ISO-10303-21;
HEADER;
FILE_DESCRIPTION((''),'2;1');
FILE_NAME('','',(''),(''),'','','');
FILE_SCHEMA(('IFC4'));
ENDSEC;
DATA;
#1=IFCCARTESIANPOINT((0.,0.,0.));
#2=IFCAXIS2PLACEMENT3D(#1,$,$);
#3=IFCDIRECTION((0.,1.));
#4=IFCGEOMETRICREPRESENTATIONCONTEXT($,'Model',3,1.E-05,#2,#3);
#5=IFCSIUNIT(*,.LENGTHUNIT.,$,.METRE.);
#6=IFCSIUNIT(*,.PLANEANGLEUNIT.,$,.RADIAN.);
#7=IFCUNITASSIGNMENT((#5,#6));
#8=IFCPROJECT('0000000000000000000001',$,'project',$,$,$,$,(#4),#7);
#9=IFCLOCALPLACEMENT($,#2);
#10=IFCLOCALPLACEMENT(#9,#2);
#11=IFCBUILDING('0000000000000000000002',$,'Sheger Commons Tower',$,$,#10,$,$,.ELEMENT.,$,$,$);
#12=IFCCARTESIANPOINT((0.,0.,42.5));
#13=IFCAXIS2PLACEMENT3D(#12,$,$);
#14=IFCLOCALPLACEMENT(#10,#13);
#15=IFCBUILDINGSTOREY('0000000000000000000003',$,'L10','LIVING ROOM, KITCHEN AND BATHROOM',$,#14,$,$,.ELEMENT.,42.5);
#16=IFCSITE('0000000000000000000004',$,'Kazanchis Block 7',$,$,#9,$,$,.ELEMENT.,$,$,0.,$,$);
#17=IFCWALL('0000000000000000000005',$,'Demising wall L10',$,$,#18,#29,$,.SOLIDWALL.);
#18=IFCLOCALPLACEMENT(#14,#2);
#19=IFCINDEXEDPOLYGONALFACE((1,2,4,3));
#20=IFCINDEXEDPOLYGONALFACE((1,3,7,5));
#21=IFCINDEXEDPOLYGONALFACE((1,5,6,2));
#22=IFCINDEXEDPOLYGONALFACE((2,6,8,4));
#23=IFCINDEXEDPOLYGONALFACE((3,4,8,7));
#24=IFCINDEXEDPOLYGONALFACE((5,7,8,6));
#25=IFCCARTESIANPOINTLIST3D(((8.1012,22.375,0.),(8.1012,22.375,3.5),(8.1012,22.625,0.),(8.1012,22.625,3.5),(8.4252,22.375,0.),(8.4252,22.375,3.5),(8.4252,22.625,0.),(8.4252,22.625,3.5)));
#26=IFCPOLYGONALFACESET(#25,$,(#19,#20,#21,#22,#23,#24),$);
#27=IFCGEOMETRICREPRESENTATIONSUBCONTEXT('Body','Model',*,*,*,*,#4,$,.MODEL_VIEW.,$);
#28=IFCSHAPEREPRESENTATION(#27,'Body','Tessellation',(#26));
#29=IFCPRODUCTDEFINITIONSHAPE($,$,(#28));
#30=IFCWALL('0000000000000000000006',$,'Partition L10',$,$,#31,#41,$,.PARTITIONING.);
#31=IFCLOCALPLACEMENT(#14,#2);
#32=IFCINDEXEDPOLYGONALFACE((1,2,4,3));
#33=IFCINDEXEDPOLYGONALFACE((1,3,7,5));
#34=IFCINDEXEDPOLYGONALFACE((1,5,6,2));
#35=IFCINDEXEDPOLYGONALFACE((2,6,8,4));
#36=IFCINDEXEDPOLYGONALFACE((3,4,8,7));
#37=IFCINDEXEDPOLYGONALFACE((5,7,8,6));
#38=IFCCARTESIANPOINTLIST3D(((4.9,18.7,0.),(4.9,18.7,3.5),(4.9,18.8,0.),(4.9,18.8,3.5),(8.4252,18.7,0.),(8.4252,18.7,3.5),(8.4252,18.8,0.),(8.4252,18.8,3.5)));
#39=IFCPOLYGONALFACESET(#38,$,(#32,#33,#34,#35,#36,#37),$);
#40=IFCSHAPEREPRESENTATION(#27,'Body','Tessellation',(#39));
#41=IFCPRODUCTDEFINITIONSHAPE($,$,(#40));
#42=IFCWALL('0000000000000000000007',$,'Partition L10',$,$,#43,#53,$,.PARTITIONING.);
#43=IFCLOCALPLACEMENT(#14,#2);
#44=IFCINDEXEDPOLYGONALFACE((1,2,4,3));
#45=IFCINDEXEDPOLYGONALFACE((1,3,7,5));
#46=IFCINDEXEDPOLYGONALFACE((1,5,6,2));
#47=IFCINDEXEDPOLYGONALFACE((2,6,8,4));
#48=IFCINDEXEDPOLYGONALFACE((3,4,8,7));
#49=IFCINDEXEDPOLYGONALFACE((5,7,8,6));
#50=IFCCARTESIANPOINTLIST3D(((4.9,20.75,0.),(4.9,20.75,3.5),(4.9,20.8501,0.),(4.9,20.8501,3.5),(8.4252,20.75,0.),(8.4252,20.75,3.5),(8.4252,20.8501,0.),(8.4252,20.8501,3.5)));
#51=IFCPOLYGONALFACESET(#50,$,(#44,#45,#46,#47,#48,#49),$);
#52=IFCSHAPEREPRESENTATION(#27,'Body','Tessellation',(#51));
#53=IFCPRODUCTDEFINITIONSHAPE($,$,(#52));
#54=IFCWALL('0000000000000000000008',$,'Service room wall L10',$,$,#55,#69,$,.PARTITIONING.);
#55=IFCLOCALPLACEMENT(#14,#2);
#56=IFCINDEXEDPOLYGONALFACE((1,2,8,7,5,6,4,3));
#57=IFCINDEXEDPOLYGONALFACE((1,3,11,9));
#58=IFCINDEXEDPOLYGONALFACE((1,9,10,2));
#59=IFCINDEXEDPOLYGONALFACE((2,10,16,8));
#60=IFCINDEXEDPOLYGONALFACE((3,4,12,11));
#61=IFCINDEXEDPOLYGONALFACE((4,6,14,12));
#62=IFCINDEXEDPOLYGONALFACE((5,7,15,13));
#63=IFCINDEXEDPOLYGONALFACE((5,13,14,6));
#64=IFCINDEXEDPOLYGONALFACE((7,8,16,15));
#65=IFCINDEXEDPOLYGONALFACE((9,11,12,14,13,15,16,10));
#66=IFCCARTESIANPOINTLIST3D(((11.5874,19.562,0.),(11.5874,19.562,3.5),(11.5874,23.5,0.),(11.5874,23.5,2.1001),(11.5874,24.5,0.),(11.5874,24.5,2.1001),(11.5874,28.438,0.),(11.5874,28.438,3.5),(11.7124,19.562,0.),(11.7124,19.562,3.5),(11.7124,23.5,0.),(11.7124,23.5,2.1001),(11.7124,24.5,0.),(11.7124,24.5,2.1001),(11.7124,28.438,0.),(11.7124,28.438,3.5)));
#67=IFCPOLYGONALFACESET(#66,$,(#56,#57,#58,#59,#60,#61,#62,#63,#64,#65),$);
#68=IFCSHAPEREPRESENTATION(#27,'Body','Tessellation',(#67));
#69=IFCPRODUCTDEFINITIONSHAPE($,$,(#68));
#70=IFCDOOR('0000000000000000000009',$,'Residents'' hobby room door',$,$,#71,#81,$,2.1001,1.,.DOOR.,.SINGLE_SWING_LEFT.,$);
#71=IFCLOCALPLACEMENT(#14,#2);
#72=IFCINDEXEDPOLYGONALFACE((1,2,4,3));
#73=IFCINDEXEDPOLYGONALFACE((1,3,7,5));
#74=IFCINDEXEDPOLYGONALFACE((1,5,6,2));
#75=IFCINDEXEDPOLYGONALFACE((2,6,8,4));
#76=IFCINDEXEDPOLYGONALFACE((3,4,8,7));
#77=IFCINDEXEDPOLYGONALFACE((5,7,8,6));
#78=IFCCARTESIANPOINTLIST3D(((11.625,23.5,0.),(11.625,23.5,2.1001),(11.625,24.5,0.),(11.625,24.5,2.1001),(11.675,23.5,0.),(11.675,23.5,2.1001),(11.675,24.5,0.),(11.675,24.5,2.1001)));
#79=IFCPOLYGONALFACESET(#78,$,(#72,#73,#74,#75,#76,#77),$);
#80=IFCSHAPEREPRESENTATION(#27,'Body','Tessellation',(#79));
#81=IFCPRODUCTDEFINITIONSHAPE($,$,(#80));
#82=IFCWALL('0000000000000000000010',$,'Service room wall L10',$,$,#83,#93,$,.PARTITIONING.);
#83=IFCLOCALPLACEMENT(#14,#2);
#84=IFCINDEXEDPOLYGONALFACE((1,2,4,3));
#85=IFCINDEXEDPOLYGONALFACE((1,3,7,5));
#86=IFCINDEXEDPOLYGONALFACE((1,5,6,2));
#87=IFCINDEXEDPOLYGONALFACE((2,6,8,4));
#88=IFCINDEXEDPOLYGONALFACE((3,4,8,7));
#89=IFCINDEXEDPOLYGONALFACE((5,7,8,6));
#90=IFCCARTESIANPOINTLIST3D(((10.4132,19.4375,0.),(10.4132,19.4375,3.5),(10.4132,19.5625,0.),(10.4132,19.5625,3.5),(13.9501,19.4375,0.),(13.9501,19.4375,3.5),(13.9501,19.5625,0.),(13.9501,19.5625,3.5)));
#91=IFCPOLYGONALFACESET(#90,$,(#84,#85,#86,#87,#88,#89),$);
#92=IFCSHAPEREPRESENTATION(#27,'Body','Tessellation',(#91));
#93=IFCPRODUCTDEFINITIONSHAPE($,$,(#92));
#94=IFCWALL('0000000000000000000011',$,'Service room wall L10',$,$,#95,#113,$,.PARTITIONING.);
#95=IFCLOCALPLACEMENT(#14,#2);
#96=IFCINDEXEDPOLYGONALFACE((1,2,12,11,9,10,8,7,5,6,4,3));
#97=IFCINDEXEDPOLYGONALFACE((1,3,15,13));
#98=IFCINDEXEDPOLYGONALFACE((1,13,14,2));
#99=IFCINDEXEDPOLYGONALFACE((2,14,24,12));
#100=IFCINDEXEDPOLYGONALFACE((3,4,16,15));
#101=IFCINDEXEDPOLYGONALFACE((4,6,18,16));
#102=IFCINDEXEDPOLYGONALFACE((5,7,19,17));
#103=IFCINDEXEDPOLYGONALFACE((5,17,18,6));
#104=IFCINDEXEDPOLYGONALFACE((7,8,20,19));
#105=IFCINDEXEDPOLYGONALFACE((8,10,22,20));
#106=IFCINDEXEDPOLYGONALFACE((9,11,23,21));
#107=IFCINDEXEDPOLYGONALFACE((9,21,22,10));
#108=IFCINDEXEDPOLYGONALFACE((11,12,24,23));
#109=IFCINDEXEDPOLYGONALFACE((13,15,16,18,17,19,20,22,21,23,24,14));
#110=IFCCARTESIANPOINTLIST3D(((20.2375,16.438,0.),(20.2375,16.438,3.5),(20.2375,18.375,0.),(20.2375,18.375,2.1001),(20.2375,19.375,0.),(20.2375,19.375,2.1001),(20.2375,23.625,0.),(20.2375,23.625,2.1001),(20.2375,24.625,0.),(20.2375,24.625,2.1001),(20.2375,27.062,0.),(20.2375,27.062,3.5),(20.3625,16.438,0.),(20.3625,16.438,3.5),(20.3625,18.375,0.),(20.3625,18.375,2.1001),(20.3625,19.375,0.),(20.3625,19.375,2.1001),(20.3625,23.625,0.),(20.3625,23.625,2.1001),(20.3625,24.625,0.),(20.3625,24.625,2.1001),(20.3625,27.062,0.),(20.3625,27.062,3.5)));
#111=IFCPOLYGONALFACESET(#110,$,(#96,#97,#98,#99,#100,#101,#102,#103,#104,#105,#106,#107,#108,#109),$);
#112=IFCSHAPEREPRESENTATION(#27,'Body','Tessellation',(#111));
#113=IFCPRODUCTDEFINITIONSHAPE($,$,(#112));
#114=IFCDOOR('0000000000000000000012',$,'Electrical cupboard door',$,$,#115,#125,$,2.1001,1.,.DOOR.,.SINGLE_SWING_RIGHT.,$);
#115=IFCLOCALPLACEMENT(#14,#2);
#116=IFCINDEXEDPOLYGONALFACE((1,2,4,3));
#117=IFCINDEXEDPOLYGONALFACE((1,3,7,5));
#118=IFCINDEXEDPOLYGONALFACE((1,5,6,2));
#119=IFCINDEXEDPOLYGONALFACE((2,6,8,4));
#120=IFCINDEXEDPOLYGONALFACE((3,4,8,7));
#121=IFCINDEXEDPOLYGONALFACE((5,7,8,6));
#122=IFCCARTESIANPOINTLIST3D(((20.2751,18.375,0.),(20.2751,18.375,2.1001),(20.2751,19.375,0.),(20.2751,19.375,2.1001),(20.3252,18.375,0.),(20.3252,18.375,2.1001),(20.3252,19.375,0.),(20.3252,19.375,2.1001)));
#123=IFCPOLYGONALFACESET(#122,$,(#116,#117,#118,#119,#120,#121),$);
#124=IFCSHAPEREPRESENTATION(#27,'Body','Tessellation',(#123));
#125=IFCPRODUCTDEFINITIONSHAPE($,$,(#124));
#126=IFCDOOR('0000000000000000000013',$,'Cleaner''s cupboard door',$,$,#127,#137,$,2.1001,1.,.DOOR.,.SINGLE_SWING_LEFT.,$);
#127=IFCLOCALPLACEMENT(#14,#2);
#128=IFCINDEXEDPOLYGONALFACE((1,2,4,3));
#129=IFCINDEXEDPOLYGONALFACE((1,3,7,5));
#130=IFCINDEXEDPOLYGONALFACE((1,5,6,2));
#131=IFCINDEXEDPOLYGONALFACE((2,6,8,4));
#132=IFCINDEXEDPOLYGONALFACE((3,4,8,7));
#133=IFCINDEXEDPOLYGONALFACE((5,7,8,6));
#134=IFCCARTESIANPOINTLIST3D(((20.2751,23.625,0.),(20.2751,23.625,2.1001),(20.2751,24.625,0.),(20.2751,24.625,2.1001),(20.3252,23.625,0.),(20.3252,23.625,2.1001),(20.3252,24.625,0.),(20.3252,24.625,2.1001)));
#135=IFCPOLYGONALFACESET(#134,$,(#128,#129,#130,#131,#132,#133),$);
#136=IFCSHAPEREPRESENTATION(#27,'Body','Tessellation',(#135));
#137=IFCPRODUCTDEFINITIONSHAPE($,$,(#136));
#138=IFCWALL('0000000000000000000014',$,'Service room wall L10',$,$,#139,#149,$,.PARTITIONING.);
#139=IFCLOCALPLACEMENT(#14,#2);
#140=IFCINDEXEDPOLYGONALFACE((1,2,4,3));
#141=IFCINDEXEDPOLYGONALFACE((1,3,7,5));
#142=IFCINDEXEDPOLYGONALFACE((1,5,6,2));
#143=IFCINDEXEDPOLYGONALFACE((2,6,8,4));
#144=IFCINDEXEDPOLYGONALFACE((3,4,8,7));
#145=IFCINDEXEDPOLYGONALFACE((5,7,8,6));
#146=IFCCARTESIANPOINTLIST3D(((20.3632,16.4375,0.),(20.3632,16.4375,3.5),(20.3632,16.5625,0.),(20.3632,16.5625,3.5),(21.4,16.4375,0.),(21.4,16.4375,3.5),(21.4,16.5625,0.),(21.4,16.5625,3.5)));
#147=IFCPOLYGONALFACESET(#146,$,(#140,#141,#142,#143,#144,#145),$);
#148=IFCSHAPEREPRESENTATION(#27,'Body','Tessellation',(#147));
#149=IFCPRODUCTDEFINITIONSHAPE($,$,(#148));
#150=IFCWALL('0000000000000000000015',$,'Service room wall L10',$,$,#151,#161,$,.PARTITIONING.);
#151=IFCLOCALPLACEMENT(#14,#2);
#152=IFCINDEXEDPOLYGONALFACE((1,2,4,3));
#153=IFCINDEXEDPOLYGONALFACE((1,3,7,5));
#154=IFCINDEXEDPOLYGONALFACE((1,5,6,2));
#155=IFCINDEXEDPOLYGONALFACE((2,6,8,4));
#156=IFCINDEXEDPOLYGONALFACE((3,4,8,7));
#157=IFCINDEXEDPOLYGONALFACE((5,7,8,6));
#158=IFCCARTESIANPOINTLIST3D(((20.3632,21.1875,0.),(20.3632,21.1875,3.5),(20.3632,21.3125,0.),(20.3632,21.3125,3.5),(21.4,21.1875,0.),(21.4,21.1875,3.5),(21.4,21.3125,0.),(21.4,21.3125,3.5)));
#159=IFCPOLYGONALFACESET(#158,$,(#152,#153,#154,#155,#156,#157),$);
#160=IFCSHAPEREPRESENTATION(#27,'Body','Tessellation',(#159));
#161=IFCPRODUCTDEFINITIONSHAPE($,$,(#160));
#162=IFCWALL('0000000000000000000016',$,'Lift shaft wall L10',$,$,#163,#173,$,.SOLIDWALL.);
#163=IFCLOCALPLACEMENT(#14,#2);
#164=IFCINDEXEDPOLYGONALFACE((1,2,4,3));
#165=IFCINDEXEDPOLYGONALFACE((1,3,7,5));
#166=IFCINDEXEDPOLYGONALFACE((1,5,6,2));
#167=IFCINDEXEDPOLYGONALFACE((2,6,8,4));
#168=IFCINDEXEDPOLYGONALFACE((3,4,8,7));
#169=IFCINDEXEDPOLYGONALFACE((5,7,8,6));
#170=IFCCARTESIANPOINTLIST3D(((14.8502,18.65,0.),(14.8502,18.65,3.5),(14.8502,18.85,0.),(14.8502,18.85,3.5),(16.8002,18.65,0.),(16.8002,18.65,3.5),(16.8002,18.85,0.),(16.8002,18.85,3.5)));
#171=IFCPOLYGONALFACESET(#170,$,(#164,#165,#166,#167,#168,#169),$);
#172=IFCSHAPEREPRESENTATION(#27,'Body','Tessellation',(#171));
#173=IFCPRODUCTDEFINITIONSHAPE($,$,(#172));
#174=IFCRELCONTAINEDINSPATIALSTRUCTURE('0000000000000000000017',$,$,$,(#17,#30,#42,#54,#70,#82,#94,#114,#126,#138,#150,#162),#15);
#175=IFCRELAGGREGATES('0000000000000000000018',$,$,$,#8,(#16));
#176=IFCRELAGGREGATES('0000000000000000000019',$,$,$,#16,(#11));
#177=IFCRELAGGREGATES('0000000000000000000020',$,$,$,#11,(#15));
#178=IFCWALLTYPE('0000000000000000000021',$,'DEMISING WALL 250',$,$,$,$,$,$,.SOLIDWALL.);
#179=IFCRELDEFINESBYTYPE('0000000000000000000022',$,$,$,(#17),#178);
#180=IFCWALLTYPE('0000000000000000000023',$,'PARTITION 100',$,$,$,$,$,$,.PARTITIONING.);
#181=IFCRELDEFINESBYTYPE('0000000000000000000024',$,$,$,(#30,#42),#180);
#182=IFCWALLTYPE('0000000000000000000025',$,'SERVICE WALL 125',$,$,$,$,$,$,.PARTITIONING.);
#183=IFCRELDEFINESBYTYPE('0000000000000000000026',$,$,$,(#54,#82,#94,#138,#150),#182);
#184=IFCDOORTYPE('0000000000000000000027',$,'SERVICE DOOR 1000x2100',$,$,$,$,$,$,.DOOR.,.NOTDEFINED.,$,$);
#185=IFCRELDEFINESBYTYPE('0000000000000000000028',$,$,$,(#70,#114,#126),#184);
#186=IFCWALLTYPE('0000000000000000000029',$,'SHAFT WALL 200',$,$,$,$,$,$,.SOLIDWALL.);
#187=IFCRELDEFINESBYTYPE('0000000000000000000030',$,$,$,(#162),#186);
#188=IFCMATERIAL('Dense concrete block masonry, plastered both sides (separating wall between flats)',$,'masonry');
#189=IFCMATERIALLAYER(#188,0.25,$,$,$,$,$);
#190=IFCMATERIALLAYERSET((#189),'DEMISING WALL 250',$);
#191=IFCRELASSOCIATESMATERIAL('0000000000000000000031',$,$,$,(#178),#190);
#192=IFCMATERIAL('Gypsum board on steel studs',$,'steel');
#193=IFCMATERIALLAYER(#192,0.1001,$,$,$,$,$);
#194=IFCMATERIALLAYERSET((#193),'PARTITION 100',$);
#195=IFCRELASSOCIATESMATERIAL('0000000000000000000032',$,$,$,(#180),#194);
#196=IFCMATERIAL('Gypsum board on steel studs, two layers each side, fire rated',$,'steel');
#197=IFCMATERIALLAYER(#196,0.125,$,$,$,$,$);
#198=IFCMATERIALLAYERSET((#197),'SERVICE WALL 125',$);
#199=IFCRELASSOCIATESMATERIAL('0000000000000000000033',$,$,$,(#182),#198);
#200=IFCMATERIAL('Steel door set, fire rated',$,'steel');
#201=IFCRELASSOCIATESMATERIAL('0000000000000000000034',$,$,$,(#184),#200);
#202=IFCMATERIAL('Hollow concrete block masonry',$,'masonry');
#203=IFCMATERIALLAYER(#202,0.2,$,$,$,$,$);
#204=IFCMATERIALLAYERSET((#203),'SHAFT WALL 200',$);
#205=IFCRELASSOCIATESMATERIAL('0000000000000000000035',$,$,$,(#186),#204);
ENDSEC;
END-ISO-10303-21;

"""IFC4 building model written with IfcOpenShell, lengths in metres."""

from ifc_helpers import new_model, si_unit, direction, frame, frame_2d, origin, place, context, subcontext, project, spatial, rectangle, extrude, material, layer, layer_set, type_object, element, fill, save


model = new_model("IFC4")

# Units and contexts
model_context = context("Model", 3, precision=1e-05, world=origin(), true_north=direction((0.0, 1.0)))
body_context = subcontext(model_context, "Body", "Model", "MODEL_VIEW")
ifc_project = project(units=[si_unit("LENGTHUNIT", "METRE"), si_unit("PLANEANGLEUNIT", "RADIAN")], contexts=[model_context])

# Site, building, storey
site_placement = place(None, origin())
site = spatial("IfcSite", under=ifc_project, at=site_placement, Name="Kazanchis Block 7", CompositionType="ELEMENT", RefElevation=0.0)
building_placement = place(site_placement, origin())
building = spatial("IfcBuilding", under=site, at=building_placement, Name="Sheger Commons Tower", CompositionType="ELEMENT")
storey_placement = place(building_placement, frame((0.0, 0.0, 42.5)))
storey = spatial("IfcBuildingStorey", under=building, at=storey_placement, Name="L10", Description="LIVING ROOM, KITCHEN AND BATHROOM", CompositionType="ELEMENT", Elevation=42.5)

# Walls
ifc_material_1 = material(Name="Dense concrete block masonry, plastered both sides (separating wall between flats)", Category="masonry")
ifc_layer_1 = layer(ifc_material_1, 0.25)
ifc_layer_set_1 = layer_set([ifc_layer_1], Name="DEMISING WALL 250")
wall_type_1 = type_object("IfcWallType", Name="DEMISING WALL 250", PredefinedType="SOLIDWALL", material=ifc_layer_set_1)
wall_1_placement = place(storey_placement, frame((8.1011, 22.5, 0.0), z_axis=(0.0, 0.0, 1.0), x_axis=(1.0, 0.0, 0.0)))
element("IfcWall", 1, at=wall_1_placement, inside=storey, type_object=wall_type_1, Name="Demising wall L10", PredefinedType="SOLIDWALL", context=body_context, shape_type="SweptSolid", body=[
    extrude(rectangle(XDim=0.324, YDim=0.25, at=frame_2d((0.1621, 0.0))), origin(), (0.0, 0.0, 1.0), 3.5),
])
ifc_material_2 = material(Name="Gypsum board on steel studs", Category="steel")
ifc_layer_2 = layer(ifc_material_2, 0.1001)
ifc_layer_set_2 = layer_set([ifc_layer_2], Name="PARTITION 100")
wall_type_2 = type_object("IfcWallType", Name="PARTITION 100", PredefinedType="PARTITIONING", material=ifc_layer_set_2)
for number, where, z_axis, x_axis, name in (
    (2, (4.8999, 18.75, 0.0), (0.0, 0.0, 1.0), (1.0, 0.0, 0.0), "Partition L10"),
    (3, (4.8999, 20.8, 0.0), (0.0, 0.0, 1.0), (1.0, 0.0, 0.0), "Partition L10"),
):
    element("IfcWall", number, at=place(storey_placement, frame(where, z_axis=z_axis, x_axis=x_axis)), inside=storey, type_object=wall_type_2, Name=name, PredefinedType="PARTITIONING", context=body_context, shape_type="SweptSolid", body=[
        extrude(rectangle(XDim=3.5251, YDim=0.1001, at=frame_2d((1.7627, 0.0))), origin(), (0.0, 0.0, 1.0), 3.5),
    ])

# Wall, opening, door
ifc_material_3 = material(Name="Gypsum board on steel studs, two layers each side, fire rated", Category="steel")
ifc_layer_3 = layer(ifc_material_3, 0.125)
ifc_layer_set_3 = layer_set([ifc_layer_3], Name="SERVICE WALL 125")
wall_type_3 = type_object("IfcWallType", Name="SERVICE WALL 125", PredefinedType="PARTITIONING", material=ifc_layer_set_3)
wall_2_placement = place(storey_placement, frame((11.6499, 19.562, 0.0), z_axis=(0.0, 0.0, 1.0), x_axis=(0.0, 1.0, 0.0)))
wall_2 = element("IfcWall", 4, at=wall_2_placement, inside=storey, type_object=wall_type_3, Name="Service room wall L10", PredefinedType="PARTITIONING", context=body_context, shape_type="SweptSolid", body=[
    extrude(rectangle(XDim=8.876, YDim=0.125, at=frame_2d((4.438, 0.0))), origin(), (0.0, 0.0, 1.0), 3.5),
])
opening_1_placement = place(wall_2_placement, frame((3.938, 0.0, 0.0)))
opening_1 = element("IfcOpeningElement", 5, at=opening_1_placement, cuts=wall_2, PredefinedType="OPENING", context=body_context, shape_type="SweptSolid", body=[
    extrude(rectangle(XDim=1.0, YDim=2.1001, at=frame_2d((0.5, 1.05))), frame((0.0, 0.0725, 0.0), z_axis=(0.0, -1.0, 0.0), x_axis=(1.0, 0.0, 0.0)), (0.0, 0.0, 1.0), 0.145),
])
ifc_material_4 = material(Name="Steel door set, fire rated", Category="steel")
door_type_1 = type_object("IfcDoorType", Name="SERVICE DOOR 1000x2100", OperationType="NOTDEFINED", PredefinedType="DOOR", material=ifc_material_4)
door_1_placement = place(opening_1_placement, origin())
door_1 = element("IfcDoor", 6, at=door_1_placement, inside=storey, type_object=door_type_1, Name="Residents' hobby room door", OperationType="SINGLE_SWING_LEFT", OverallHeight=2.1001, OverallWidth=1.0, PredefinedType="DOOR", context=body_context, shape_type="SweptSolid", body=[
    extrude(rectangle(XDim=1.0, YDim=2.1001, at=frame_2d((0.5, 1.05))), frame((0.0, 0.0249, 0.0), z_axis=(0.0, -1.0, 0.0), x_axis=(1.0, 0.0, 0.0)), (0.0, 0.0, 1.0), 0.05),
])
fill(opening_1, door_1)

# Wall
wall_3_placement = place(storey_placement, frame((10.4131, 19.5, 0.0), z_axis=(0.0, 0.0, 1.0), x_axis=(1.0, 0.0, 0.0)))
element("IfcWall", 7, at=wall_3_placement, inside=storey, type_object=wall_type_3, Name="Service room wall L10", PredefinedType="PARTITIONING", context=body_context, shape_type="SweptSolid", body=[
    extrude(rectangle(XDim=3.5369, YDim=0.125, at=frame_2d((1.7686, 0.0))), origin(), (0.0, 0.0, 1.0), 3.5),
])

# Wall, openings, doors
wall_4_placement = place(storey_placement, frame((20.3, 16.438, 0.0), z_axis=(0.0, 0.0, 1.0), x_axis=(0.0, 1.0, 0.0)))
wall_4 = element("IfcWall", 8, at=wall_4_placement, inside=storey, type_object=wall_type_3, Name="Service room wall L10", PredefinedType="PARTITIONING", context=body_context, shape_type="SweptSolid", body=[
    extrude(rectangle(XDim=10.624, YDim=0.125, at=frame_2d((5.312, 0.0))), origin(), (0.0, 0.0, 1.0), 3.5),
])
opening_2_placement = place(wall_4_placement, frame((1.937, 0.0, 0.0)))
opening_2 = element("IfcOpeningElement", 9, at=opening_2_placement, cuts=wall_4, PredefinedType="OPENING", context=body_context, shape_type="SweptSolid", body=[
    extrude(rectangle(XDim=1.0, YDim=2.1001, at=frame_2d((0.5, 1.05))), frame((0.0, 0.0725, 0.0), z_axis=(0.0, -1.0, 0.0), x_axis=(1.0, 0.0, 0.0)), (0.0, 0.0, 1.0), 0.145),
])
opening_3_placement = place(wall_4_placement, frame((7.187, 0.0, 0.0)))
opening_3 = element("IfcOpeningElement", 10, at=opening_3_placement, cuts=wall_4, PredefinedType="OPENING", context=body_context, shape_type="SweptSolid", body=[
    extrude(rectangle(XDim=1.0, YDim=2.1001, at=frame_2d((0.5, 1.05))), frame((0.0, 0.0725, 0.0), z_axis=(0.0, -1.0, 0.0), x_axis=(1.0, 0.0, 0.0)), (0.0, 0.0, 1.0), 0.145),
])
door_2_placement = place(opening_2_placement, origin())
door_2 = element("IfcDoor", 11, at=door_2_placement, inside=storey, type_object=door_type_1, Name="Electrical cupboard door", OperationType="SINGLE_SWING_RIGHT", OverallHeight=2.1001, OverallWidth=1.0, PredefinedType="DOOR", context=body_context, shape_type="SweptSolid", body=[
    extrude(rectangle(XDim=1.0, YDim=2.1001, at=frame_2d((0.5, 1.05))), frame((0.0, 0.0249, 0.0), z_axis=(0.0, -1.0, 0.0), x_axis=(1.0, 0.0, 0.0)), (0.0, 0.0, 1.0), 0.05),
])
fill(opening_2, door_2)
door_3_placement = place(opening_3_placement, origin())
door_3 = element("IfcDoor", 12, at=door_3_placement, inside=storey, type_object=door_type_1, Name="Cleaner's cupboard door", OperationType="SINGLE_SWING_LEFT", OverallHeight=2.1001, OverallWidth=1.0, PredefinedType="DOOR", context=body_context, shape_type="SweptSolid", body=[
    extrude(rectangle(XDim=1.0, YDim=2.1001, at=frame_2d((0.5, 1.05))), frame((0.0, 0.0249, 0.0), z_axis=(0.0, -1.0, 0.0), x_axis=(1.0, 0.0, 0.0)), (0.0, 0.0, 1.0), 0.05),
])
fill(opening_3, door_3)

# Walls
for number, where, z_axis, x_axis, name in (
    (13, (20.363, 16.5, 0.0), (0.0, 0.0, 1.0), (1.0, 0.0, 0.0), "Service room wall L10"),
    (14, (20.363, 21.25, 0.0), (0.0, 0.0, 1.0), (1.0, 0.0, 0.0), "Service room wall L10"),
):
    element("IfcWall", number, at=place(storey_placement, frame(where, z_axis=z_axis, x_axis=x_axis)), inside=storey, type_object=wall_type_3, Name=name, PredefinedType="PARTITIONING", context=body_context, shape_type="SweptSolid", body=[
        extrude(rectangle(XDim=1.0369, YDim=0.125, at=frame_2d((0.5186, 0.0))), origin(), (0.0, 0.0, 1.0), 3.5),
    ])
ifc_material_5 = material(Name="Hollow concrete block masonry", Category="masonry")
ifc_layer_4 = layer(ifc_material_5, 0.2)
ifc_layer_set_4 = layer_set([ifc_layer_4], Name="SHAFT WALL 200")
wall_type_4 = type_object("IfcWallType", Name="SHAFT WALL 200", PredefinedType="SOLIDWALL", material=ifc_layer_set_4)
wall_5_placement = place(storey_placement, frame((14.8501, 18.75, 0.0), z_axis=(0.0, 0.0, 1.0), x_axis=(1.0, 0.0, 0.0)))
element("IfcWall", 15, at=wall_5_placement, inside=storey, type_object=wall_type_4, Name="Lift shaft wall L10", PredefinedType="SOLIDWALL", context=body_context, shape_type="SweptSolid", body=[
    extrude(rectangle(XDim=1.95, YDim=0.2, at=frame_2d((0.9751, 0.0))), origin(), (0.0, 0.0, 1.0), 3.5),
])

save(model, "model.ifc")
